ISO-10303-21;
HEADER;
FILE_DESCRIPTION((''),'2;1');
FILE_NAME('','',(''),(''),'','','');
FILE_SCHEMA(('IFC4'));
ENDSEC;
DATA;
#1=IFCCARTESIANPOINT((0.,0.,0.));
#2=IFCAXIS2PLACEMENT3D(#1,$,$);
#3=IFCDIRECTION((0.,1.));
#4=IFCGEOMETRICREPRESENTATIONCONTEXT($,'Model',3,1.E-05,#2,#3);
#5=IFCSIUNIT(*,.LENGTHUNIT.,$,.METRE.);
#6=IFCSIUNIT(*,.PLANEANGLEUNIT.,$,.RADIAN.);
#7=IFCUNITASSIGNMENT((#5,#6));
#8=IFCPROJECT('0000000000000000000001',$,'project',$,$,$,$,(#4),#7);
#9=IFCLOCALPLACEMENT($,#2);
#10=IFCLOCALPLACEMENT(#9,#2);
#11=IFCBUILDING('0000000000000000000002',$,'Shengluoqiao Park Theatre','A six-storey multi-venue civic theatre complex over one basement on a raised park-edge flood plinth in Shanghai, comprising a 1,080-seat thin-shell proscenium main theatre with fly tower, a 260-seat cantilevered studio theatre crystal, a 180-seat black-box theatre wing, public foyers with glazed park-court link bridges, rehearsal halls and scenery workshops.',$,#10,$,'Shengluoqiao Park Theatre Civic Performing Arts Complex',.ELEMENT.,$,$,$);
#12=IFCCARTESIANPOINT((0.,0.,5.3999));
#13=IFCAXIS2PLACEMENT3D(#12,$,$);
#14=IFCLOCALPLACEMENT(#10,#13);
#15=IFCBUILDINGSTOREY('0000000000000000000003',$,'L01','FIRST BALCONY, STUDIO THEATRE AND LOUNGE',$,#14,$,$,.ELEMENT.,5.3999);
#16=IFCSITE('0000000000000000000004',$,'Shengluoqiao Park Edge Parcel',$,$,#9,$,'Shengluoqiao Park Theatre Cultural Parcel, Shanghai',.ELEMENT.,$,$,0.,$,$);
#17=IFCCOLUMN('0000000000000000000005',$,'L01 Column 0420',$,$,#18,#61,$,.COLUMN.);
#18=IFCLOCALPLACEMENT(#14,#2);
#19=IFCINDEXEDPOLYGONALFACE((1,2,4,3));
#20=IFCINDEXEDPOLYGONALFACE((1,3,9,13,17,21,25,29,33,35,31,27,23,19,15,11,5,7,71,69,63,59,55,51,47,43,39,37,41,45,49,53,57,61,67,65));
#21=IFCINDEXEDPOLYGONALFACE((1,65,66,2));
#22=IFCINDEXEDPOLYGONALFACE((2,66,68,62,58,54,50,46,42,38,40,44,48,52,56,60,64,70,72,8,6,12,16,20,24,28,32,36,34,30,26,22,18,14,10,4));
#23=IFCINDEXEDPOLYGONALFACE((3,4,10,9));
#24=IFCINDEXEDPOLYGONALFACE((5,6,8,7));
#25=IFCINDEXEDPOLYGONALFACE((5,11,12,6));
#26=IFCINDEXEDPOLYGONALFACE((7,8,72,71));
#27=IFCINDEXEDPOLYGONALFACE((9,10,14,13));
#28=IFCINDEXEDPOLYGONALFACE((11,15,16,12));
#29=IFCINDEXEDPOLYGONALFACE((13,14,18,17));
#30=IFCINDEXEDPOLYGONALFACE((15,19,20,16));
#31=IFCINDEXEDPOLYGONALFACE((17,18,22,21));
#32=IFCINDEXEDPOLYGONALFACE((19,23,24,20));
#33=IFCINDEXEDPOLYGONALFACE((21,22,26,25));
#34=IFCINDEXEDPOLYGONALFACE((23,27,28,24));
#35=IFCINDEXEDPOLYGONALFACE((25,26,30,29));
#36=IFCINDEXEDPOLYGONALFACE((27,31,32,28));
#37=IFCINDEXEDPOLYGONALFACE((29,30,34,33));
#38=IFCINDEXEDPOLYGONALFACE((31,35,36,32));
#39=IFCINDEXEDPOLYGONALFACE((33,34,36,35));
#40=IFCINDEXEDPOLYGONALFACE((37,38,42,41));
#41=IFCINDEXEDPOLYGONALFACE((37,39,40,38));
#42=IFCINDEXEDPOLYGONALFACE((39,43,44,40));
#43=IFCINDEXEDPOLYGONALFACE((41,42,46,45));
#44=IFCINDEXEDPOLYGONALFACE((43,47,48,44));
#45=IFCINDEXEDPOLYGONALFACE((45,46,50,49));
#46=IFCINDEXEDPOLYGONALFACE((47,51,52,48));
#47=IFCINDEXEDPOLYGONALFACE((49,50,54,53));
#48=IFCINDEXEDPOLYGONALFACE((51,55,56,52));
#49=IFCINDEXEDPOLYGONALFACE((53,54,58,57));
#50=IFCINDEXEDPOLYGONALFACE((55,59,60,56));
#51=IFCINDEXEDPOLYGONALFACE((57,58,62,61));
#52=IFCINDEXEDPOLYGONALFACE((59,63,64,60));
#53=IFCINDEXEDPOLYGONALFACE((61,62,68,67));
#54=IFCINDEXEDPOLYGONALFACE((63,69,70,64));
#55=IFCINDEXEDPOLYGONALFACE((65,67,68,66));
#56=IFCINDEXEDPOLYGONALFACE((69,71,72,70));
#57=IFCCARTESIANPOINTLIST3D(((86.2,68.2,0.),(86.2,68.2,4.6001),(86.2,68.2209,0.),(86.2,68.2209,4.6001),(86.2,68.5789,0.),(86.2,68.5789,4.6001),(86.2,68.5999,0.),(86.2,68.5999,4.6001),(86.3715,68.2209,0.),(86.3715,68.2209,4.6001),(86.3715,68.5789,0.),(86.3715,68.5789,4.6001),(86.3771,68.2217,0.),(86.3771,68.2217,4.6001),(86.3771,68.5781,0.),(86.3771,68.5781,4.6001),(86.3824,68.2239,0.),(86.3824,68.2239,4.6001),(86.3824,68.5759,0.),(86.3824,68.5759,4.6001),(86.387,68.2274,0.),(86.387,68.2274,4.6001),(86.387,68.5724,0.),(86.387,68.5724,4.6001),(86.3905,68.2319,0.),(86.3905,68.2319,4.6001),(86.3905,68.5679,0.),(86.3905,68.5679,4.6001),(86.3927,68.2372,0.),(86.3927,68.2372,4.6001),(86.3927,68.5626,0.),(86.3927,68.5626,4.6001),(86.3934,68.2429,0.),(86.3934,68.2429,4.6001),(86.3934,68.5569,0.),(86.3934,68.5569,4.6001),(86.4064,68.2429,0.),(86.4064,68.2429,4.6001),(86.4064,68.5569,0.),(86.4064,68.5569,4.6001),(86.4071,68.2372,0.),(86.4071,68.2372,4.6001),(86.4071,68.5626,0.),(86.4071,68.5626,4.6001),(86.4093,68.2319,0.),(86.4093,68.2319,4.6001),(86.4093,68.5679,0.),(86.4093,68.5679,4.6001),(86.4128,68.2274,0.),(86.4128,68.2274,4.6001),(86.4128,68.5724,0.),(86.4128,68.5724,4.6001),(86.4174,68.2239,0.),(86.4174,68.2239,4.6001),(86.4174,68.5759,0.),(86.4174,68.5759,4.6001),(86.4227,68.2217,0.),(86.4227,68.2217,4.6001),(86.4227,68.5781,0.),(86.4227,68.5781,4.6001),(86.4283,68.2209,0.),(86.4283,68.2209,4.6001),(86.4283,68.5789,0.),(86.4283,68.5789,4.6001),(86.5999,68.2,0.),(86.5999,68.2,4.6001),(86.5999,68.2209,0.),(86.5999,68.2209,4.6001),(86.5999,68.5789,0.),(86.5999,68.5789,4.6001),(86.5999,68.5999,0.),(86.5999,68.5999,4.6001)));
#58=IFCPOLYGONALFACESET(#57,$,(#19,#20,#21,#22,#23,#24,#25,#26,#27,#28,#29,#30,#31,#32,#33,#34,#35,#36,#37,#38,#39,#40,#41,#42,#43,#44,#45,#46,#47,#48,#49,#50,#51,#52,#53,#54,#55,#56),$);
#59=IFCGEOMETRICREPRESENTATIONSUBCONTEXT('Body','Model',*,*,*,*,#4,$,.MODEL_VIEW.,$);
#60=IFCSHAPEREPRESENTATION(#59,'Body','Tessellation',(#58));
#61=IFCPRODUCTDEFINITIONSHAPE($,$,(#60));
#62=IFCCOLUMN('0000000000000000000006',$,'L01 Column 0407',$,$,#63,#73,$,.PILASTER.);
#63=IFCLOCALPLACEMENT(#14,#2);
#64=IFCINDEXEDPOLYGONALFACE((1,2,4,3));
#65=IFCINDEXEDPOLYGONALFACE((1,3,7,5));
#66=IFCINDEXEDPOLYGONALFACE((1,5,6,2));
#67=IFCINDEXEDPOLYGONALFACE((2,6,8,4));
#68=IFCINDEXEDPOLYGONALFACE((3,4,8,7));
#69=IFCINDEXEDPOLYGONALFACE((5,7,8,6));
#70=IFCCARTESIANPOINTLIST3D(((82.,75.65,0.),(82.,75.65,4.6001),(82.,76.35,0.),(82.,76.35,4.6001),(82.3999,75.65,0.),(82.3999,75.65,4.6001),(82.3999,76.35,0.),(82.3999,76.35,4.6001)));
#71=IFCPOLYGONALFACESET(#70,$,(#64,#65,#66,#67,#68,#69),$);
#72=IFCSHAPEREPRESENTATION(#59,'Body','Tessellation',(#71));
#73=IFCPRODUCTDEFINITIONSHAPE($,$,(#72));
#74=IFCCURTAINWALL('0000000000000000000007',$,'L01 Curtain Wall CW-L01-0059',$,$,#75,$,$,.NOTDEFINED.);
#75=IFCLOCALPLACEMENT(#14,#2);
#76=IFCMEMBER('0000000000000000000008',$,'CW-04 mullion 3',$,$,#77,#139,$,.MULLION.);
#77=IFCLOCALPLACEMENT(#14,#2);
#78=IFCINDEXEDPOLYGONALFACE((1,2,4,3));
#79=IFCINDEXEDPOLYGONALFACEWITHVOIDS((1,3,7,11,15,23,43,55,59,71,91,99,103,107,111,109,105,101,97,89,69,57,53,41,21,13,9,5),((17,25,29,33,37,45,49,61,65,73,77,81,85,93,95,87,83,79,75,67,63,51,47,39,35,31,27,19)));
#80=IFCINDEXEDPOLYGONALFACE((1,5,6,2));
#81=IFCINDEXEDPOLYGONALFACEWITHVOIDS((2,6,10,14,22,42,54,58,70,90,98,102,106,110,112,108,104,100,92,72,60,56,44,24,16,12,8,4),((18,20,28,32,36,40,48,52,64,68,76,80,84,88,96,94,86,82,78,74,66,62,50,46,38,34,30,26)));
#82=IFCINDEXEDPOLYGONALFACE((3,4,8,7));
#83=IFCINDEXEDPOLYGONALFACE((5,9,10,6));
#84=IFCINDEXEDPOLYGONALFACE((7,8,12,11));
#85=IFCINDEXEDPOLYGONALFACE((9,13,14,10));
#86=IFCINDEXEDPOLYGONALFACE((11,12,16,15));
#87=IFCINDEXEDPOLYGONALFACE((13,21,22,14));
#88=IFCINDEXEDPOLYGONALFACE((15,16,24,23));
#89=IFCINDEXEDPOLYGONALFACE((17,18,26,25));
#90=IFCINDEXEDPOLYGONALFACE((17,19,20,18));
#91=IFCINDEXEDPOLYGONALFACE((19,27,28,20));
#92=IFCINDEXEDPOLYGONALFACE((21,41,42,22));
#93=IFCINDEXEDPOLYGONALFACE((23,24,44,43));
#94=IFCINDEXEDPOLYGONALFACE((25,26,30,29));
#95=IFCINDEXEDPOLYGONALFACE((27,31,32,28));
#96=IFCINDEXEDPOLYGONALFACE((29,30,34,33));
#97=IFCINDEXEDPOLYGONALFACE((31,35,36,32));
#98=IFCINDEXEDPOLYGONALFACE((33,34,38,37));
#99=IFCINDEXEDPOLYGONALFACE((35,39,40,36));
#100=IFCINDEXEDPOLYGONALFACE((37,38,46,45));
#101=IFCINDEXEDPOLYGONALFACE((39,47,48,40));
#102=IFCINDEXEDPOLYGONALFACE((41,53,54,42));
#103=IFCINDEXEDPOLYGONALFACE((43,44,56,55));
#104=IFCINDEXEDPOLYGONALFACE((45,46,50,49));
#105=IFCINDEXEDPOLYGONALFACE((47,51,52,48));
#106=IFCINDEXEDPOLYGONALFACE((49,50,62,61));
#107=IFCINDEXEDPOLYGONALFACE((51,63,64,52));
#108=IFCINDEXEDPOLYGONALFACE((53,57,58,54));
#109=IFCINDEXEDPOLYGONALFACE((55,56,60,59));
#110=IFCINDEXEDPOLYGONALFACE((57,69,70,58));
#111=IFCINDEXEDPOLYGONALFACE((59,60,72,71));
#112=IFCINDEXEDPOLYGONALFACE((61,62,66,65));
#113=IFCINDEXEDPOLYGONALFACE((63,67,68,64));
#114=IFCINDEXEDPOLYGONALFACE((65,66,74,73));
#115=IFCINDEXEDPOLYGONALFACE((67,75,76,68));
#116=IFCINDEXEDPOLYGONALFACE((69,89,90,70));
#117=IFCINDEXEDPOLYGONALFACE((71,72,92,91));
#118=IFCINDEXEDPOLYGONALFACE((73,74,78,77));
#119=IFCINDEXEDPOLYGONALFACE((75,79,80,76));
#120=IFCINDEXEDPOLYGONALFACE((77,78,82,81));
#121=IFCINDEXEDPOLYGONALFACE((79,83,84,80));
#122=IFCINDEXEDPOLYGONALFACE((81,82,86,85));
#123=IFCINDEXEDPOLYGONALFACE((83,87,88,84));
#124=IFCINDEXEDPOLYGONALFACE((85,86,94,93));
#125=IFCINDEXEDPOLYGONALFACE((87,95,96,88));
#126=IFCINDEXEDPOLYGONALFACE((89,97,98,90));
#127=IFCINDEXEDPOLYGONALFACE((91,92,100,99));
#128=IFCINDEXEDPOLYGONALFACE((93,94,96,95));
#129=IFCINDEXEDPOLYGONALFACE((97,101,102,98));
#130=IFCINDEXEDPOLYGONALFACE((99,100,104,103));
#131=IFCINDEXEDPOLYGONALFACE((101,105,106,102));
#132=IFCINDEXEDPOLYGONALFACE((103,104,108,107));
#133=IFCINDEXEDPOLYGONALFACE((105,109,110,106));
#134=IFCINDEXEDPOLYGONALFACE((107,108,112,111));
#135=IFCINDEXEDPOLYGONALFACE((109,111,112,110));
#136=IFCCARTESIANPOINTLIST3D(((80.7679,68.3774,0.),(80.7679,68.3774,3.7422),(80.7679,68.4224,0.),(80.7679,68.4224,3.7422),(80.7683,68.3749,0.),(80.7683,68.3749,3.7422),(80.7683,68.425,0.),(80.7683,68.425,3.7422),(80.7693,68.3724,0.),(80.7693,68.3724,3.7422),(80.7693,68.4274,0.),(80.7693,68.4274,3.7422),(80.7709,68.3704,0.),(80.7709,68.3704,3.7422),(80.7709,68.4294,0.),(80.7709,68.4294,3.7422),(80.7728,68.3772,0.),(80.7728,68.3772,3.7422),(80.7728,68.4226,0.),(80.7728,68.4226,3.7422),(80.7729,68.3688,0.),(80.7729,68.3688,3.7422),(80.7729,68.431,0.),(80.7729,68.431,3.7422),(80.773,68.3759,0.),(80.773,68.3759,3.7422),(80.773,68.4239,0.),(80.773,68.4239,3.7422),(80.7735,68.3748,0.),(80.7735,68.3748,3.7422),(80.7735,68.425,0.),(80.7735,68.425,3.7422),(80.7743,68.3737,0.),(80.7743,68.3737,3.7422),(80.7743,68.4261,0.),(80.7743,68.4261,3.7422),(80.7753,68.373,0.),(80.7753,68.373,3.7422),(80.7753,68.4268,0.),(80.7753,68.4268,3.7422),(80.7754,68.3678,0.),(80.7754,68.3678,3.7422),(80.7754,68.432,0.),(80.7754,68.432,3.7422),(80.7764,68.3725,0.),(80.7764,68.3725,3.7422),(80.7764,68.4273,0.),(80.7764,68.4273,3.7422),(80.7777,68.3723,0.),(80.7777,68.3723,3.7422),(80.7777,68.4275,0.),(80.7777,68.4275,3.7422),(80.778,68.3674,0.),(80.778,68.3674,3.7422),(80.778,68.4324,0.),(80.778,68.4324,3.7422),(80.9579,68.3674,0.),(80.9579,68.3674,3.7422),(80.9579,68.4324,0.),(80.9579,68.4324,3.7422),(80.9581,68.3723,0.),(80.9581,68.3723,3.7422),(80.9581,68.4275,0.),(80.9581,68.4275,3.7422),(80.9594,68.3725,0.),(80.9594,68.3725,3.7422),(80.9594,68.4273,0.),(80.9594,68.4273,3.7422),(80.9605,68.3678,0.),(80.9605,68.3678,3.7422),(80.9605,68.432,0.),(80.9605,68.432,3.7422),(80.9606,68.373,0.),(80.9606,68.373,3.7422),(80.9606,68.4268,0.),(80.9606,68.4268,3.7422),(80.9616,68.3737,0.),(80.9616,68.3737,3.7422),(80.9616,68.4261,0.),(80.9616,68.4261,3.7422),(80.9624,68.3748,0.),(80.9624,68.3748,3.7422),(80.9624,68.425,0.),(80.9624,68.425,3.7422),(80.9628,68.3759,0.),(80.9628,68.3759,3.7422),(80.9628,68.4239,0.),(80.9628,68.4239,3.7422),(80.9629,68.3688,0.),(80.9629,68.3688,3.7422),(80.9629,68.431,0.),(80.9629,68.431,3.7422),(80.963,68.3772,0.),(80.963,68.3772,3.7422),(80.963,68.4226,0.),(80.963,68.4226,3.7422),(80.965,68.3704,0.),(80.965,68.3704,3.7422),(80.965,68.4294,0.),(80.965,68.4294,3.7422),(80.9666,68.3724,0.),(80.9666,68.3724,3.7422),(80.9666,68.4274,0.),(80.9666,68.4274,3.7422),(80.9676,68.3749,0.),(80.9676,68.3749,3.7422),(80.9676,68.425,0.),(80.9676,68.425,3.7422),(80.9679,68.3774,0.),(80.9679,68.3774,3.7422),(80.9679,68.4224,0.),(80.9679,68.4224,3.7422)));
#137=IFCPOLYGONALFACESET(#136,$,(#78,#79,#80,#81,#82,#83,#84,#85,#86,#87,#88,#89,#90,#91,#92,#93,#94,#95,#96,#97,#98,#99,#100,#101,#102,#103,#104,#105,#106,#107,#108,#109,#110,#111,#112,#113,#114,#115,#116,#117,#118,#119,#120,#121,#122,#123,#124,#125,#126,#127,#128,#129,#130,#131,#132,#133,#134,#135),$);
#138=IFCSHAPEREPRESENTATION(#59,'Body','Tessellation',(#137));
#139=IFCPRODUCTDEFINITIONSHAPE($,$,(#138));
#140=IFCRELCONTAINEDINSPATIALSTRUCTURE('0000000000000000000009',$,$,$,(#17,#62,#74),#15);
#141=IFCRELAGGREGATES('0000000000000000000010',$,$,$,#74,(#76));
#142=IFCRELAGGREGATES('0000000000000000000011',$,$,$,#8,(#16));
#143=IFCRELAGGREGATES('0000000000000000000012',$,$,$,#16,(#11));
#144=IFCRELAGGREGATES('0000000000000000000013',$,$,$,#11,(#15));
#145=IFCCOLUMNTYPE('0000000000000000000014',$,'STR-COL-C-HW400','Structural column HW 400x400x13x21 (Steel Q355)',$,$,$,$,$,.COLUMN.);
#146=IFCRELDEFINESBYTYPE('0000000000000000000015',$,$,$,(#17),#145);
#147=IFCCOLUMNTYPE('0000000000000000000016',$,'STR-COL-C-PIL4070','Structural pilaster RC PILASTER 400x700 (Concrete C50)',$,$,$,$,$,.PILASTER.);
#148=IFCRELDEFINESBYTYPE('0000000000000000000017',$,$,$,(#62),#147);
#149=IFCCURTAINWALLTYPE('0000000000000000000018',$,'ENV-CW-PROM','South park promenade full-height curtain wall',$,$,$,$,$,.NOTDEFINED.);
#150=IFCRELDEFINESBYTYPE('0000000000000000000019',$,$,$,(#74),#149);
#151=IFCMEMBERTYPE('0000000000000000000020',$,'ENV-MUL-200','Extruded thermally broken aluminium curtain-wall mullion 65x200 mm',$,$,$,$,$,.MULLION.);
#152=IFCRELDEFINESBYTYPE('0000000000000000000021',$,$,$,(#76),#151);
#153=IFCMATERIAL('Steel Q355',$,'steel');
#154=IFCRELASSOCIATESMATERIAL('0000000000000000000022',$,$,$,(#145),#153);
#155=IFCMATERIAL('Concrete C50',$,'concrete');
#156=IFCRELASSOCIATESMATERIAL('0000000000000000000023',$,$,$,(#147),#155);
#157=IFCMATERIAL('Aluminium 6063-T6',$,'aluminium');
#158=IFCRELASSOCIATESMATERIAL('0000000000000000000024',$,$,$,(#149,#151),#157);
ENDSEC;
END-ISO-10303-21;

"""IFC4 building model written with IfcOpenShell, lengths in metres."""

from ifc_helpers import new_model, si_unit, direction, frame, origin, origin_2d, place, context, subcontext, project, spatial, rectangle, hollow_rectangle, i_section, extrude, material, material_profile, profile_set, type_object, element, aggregate, save


model = new_model("IFC4")

# Units and contexts
model_context = context("Model", 3, precision=1e-05, world=origin(), true_north=direction((0.0, 1.0)))
body_context = subcontext(model_context, "Body", "Model", "MODEL_VIEW")
ifc_project = project(units=[si_unit("LENGTHUNIT", "METRE"), si_unit("PLANEANGLEUNIT", "RADIAN")], contexts=[model_context])

# Site, building, storey
site_placement = place(None, origin())
site = spatial("IfcSite", under=ifc_project, at=site_placement, Name="Shengluoqiao Park Edge Parcel", LongName="Shengluoqiao Park Theatre Cultural Parcel, Shanghai", CompositionType="ELEMENT", RefElevation=0.0)
building_placement = place(site_placement, origin())
building = spatial("IfcBuilding", under=site, at=building_placement, Name="Shengluoqiao Park Theatre", Description="A six-storey multi-venue civic theatre complex over one basement on a raised park-edge flood plinth in Shanghai, comprising a 1,080-seat thin-shell proscenium main theatre with fly tower, a 260-seat cantilevered studio theatre crystal, a 180-seat black-box theatre wing, public foyers with glazed park-court link bridges, rehearsal halls and scenery workshops.", LongName="Shengluoqiao Park Theatre Civic Performing Arts Complex", CompositionType="ELEMENT")
storey_placement = place(building_placement, frame((0.0, 0.0, 5.3999)))
storey = spatial("IfcBuildingStorey", under=building, at=storey_placement, Name="L01", Description="FIRST BALCONY, STUDIO THEATRE AND LOUNGE", CompositionType="ELEMENT", Elevation=5.3999)

# Columns
ifc_material_1 = material(Name="Steel Q355", Category="steel")
ifc_material_profile_1 = material_profile(ifc_material_1, i_section(OverallWidth=0.3999, OverallDepth=0.3999, WebThickness=0.0129, FlangeThickness=0.021, FilletRadius=0.022, at=origin_2d()), Name="HW 400x400x13x21")
ifc_profile_set_1 = profile_set([ifc_material_profile_1], Name="Steel Q355")
column_type_1 = type_object("IfcColumnType", Name="STR-COL-C-HW400", Description="Structural column HW 400x400x13x21 (Steel Q355)", PredefinedType="COLUMN", material=ifc_profile_set_1)
column_1_placement = place(storey_placement, frame((86.3999, 68.3999, 0.0), z_axis=(0.0, 0.0, 1.0), x_axis=(1.0, 0.0, 0.0)))
element("IfcColumn", 1, at=column_1_placement, inside=storey, type_object=column_type_1, Name="L01 Column 0420", PredefinedType="COLUMN", context=body_context, shape_type="SweptSolid", body=[
    extrude(i_section(OverallWidth=0.3999, OverallDepth=0.3999, WebThickness=0.0129, FlangeThickness=0.021, FilletRadius=0.022, at=origin_2d()), origin(), (0.0, 0.0, 1.0), 4.6001),
])
ifc_material_2 = material(Name="Concrete C50", Category="concrete")
ifc_material_profile_2 = material_profile(ifc_material_2, rectangle(XDim=0.3999, YDim=0.7, at=origin_2d()), Name="RC PILASTER 400x700")
ifc_profile_set_2 = profile_set([ifc_material_profile_2], Name="Concrete C50")
column_type_2 = type_object("IfcColumnType", Name="STR-COL-C-PIL4070", Description="Structural pilaster RC PILASTER 400x700 (Concrete C50)", PredefinedType="PILASTER", material=ifc_profile_set_2)
column_2_placement = place(storey_placement, frame((82.2, 76.0, 0.0), z_axis=(0.0, 0.0, 1.0), x_axis=(1.0, 0.0, 0.0)))
element("IfcColumn", 2, at=column_2_placement, inside=storey, type_object=column_type_2, Name="L01 Column 0407", PredefinedType="PILASTER", context=body_context, shape_type="SweptSolid", body=[
    extrude(rectangle(XDim=0.3999, YDim=0.7, at=origin_2d()), origin(), (0.0, 0.0, 1.0), 4.6001),
])

# Curtain wall, member
ifc_material_3 = material(Name="Aluminium 6063-T6", Category="aluminium")
curtain_wall_type = type_object("IfcCurtainWallType", Name="ENV-CW-PROM", Description="South park promenade full-height curtain wall", PredefinedType="NOTDEFINED", material=ifc_material_3)
curtain_wall_1_placement = place(storey_placement, origin())
curtain_wall_1 = element("IfcCurtainWall", 3, at=curtain_wall_1_placement, inside=storey, type_object=curtain_wall_type, Name="L01 Curtain Wall CW-L01-0059", PredefinedType="NOTDEFINED")
ifc_material_profile_3 = material_profile(ifc_material_3, hollow_rectangle(XDim=0.0649, YDim=0.2, WallThickness=0.0049, InnerFilletRadius=0.0049, OuterFilletRadius=0.01, at=origin_2d()), Name="ALU MULLION 200x65x5")
ifc_profile_set_3 = profile_set([ifc_material_profile_3], Name="Aluminium 6063-T6")
member_type_1 = type_object("IfcMemberType", Name="ENV-MUL-200", Description="Extruded thermally broken aluminium curtain-wall mullion 65x200 mm", PredefinedType="MULLION", material=ifc_profile_set_3)
member_1_placement = place(storey_placement, frame((80.8679, 68.3999, 0.0), z_axis=(0.0, 0.0, 1.0), x_axis=(0.0, 1.0, 0.0)))
member_1 = element("IfcMember", 4, at=member_1_placement, type_object=member_type_1, Name="CW-04 mullion 3", PredefinedType="MULLION", context=body_context, shape_type="SweptSolid", body=[
    extrude(hollow_rectangle(XDim=0.0649, YDim=0.2, WallThickness=0.0049, InnerFilletRadius=0.0049, OuterFilletRadius=0.01, at=origin_2d()), origin(), (0.0, 0.0, 1.0), 3.7422),
])

aggregate(curtain_wall_1, [member_1])

save(model, "model.ifc")
